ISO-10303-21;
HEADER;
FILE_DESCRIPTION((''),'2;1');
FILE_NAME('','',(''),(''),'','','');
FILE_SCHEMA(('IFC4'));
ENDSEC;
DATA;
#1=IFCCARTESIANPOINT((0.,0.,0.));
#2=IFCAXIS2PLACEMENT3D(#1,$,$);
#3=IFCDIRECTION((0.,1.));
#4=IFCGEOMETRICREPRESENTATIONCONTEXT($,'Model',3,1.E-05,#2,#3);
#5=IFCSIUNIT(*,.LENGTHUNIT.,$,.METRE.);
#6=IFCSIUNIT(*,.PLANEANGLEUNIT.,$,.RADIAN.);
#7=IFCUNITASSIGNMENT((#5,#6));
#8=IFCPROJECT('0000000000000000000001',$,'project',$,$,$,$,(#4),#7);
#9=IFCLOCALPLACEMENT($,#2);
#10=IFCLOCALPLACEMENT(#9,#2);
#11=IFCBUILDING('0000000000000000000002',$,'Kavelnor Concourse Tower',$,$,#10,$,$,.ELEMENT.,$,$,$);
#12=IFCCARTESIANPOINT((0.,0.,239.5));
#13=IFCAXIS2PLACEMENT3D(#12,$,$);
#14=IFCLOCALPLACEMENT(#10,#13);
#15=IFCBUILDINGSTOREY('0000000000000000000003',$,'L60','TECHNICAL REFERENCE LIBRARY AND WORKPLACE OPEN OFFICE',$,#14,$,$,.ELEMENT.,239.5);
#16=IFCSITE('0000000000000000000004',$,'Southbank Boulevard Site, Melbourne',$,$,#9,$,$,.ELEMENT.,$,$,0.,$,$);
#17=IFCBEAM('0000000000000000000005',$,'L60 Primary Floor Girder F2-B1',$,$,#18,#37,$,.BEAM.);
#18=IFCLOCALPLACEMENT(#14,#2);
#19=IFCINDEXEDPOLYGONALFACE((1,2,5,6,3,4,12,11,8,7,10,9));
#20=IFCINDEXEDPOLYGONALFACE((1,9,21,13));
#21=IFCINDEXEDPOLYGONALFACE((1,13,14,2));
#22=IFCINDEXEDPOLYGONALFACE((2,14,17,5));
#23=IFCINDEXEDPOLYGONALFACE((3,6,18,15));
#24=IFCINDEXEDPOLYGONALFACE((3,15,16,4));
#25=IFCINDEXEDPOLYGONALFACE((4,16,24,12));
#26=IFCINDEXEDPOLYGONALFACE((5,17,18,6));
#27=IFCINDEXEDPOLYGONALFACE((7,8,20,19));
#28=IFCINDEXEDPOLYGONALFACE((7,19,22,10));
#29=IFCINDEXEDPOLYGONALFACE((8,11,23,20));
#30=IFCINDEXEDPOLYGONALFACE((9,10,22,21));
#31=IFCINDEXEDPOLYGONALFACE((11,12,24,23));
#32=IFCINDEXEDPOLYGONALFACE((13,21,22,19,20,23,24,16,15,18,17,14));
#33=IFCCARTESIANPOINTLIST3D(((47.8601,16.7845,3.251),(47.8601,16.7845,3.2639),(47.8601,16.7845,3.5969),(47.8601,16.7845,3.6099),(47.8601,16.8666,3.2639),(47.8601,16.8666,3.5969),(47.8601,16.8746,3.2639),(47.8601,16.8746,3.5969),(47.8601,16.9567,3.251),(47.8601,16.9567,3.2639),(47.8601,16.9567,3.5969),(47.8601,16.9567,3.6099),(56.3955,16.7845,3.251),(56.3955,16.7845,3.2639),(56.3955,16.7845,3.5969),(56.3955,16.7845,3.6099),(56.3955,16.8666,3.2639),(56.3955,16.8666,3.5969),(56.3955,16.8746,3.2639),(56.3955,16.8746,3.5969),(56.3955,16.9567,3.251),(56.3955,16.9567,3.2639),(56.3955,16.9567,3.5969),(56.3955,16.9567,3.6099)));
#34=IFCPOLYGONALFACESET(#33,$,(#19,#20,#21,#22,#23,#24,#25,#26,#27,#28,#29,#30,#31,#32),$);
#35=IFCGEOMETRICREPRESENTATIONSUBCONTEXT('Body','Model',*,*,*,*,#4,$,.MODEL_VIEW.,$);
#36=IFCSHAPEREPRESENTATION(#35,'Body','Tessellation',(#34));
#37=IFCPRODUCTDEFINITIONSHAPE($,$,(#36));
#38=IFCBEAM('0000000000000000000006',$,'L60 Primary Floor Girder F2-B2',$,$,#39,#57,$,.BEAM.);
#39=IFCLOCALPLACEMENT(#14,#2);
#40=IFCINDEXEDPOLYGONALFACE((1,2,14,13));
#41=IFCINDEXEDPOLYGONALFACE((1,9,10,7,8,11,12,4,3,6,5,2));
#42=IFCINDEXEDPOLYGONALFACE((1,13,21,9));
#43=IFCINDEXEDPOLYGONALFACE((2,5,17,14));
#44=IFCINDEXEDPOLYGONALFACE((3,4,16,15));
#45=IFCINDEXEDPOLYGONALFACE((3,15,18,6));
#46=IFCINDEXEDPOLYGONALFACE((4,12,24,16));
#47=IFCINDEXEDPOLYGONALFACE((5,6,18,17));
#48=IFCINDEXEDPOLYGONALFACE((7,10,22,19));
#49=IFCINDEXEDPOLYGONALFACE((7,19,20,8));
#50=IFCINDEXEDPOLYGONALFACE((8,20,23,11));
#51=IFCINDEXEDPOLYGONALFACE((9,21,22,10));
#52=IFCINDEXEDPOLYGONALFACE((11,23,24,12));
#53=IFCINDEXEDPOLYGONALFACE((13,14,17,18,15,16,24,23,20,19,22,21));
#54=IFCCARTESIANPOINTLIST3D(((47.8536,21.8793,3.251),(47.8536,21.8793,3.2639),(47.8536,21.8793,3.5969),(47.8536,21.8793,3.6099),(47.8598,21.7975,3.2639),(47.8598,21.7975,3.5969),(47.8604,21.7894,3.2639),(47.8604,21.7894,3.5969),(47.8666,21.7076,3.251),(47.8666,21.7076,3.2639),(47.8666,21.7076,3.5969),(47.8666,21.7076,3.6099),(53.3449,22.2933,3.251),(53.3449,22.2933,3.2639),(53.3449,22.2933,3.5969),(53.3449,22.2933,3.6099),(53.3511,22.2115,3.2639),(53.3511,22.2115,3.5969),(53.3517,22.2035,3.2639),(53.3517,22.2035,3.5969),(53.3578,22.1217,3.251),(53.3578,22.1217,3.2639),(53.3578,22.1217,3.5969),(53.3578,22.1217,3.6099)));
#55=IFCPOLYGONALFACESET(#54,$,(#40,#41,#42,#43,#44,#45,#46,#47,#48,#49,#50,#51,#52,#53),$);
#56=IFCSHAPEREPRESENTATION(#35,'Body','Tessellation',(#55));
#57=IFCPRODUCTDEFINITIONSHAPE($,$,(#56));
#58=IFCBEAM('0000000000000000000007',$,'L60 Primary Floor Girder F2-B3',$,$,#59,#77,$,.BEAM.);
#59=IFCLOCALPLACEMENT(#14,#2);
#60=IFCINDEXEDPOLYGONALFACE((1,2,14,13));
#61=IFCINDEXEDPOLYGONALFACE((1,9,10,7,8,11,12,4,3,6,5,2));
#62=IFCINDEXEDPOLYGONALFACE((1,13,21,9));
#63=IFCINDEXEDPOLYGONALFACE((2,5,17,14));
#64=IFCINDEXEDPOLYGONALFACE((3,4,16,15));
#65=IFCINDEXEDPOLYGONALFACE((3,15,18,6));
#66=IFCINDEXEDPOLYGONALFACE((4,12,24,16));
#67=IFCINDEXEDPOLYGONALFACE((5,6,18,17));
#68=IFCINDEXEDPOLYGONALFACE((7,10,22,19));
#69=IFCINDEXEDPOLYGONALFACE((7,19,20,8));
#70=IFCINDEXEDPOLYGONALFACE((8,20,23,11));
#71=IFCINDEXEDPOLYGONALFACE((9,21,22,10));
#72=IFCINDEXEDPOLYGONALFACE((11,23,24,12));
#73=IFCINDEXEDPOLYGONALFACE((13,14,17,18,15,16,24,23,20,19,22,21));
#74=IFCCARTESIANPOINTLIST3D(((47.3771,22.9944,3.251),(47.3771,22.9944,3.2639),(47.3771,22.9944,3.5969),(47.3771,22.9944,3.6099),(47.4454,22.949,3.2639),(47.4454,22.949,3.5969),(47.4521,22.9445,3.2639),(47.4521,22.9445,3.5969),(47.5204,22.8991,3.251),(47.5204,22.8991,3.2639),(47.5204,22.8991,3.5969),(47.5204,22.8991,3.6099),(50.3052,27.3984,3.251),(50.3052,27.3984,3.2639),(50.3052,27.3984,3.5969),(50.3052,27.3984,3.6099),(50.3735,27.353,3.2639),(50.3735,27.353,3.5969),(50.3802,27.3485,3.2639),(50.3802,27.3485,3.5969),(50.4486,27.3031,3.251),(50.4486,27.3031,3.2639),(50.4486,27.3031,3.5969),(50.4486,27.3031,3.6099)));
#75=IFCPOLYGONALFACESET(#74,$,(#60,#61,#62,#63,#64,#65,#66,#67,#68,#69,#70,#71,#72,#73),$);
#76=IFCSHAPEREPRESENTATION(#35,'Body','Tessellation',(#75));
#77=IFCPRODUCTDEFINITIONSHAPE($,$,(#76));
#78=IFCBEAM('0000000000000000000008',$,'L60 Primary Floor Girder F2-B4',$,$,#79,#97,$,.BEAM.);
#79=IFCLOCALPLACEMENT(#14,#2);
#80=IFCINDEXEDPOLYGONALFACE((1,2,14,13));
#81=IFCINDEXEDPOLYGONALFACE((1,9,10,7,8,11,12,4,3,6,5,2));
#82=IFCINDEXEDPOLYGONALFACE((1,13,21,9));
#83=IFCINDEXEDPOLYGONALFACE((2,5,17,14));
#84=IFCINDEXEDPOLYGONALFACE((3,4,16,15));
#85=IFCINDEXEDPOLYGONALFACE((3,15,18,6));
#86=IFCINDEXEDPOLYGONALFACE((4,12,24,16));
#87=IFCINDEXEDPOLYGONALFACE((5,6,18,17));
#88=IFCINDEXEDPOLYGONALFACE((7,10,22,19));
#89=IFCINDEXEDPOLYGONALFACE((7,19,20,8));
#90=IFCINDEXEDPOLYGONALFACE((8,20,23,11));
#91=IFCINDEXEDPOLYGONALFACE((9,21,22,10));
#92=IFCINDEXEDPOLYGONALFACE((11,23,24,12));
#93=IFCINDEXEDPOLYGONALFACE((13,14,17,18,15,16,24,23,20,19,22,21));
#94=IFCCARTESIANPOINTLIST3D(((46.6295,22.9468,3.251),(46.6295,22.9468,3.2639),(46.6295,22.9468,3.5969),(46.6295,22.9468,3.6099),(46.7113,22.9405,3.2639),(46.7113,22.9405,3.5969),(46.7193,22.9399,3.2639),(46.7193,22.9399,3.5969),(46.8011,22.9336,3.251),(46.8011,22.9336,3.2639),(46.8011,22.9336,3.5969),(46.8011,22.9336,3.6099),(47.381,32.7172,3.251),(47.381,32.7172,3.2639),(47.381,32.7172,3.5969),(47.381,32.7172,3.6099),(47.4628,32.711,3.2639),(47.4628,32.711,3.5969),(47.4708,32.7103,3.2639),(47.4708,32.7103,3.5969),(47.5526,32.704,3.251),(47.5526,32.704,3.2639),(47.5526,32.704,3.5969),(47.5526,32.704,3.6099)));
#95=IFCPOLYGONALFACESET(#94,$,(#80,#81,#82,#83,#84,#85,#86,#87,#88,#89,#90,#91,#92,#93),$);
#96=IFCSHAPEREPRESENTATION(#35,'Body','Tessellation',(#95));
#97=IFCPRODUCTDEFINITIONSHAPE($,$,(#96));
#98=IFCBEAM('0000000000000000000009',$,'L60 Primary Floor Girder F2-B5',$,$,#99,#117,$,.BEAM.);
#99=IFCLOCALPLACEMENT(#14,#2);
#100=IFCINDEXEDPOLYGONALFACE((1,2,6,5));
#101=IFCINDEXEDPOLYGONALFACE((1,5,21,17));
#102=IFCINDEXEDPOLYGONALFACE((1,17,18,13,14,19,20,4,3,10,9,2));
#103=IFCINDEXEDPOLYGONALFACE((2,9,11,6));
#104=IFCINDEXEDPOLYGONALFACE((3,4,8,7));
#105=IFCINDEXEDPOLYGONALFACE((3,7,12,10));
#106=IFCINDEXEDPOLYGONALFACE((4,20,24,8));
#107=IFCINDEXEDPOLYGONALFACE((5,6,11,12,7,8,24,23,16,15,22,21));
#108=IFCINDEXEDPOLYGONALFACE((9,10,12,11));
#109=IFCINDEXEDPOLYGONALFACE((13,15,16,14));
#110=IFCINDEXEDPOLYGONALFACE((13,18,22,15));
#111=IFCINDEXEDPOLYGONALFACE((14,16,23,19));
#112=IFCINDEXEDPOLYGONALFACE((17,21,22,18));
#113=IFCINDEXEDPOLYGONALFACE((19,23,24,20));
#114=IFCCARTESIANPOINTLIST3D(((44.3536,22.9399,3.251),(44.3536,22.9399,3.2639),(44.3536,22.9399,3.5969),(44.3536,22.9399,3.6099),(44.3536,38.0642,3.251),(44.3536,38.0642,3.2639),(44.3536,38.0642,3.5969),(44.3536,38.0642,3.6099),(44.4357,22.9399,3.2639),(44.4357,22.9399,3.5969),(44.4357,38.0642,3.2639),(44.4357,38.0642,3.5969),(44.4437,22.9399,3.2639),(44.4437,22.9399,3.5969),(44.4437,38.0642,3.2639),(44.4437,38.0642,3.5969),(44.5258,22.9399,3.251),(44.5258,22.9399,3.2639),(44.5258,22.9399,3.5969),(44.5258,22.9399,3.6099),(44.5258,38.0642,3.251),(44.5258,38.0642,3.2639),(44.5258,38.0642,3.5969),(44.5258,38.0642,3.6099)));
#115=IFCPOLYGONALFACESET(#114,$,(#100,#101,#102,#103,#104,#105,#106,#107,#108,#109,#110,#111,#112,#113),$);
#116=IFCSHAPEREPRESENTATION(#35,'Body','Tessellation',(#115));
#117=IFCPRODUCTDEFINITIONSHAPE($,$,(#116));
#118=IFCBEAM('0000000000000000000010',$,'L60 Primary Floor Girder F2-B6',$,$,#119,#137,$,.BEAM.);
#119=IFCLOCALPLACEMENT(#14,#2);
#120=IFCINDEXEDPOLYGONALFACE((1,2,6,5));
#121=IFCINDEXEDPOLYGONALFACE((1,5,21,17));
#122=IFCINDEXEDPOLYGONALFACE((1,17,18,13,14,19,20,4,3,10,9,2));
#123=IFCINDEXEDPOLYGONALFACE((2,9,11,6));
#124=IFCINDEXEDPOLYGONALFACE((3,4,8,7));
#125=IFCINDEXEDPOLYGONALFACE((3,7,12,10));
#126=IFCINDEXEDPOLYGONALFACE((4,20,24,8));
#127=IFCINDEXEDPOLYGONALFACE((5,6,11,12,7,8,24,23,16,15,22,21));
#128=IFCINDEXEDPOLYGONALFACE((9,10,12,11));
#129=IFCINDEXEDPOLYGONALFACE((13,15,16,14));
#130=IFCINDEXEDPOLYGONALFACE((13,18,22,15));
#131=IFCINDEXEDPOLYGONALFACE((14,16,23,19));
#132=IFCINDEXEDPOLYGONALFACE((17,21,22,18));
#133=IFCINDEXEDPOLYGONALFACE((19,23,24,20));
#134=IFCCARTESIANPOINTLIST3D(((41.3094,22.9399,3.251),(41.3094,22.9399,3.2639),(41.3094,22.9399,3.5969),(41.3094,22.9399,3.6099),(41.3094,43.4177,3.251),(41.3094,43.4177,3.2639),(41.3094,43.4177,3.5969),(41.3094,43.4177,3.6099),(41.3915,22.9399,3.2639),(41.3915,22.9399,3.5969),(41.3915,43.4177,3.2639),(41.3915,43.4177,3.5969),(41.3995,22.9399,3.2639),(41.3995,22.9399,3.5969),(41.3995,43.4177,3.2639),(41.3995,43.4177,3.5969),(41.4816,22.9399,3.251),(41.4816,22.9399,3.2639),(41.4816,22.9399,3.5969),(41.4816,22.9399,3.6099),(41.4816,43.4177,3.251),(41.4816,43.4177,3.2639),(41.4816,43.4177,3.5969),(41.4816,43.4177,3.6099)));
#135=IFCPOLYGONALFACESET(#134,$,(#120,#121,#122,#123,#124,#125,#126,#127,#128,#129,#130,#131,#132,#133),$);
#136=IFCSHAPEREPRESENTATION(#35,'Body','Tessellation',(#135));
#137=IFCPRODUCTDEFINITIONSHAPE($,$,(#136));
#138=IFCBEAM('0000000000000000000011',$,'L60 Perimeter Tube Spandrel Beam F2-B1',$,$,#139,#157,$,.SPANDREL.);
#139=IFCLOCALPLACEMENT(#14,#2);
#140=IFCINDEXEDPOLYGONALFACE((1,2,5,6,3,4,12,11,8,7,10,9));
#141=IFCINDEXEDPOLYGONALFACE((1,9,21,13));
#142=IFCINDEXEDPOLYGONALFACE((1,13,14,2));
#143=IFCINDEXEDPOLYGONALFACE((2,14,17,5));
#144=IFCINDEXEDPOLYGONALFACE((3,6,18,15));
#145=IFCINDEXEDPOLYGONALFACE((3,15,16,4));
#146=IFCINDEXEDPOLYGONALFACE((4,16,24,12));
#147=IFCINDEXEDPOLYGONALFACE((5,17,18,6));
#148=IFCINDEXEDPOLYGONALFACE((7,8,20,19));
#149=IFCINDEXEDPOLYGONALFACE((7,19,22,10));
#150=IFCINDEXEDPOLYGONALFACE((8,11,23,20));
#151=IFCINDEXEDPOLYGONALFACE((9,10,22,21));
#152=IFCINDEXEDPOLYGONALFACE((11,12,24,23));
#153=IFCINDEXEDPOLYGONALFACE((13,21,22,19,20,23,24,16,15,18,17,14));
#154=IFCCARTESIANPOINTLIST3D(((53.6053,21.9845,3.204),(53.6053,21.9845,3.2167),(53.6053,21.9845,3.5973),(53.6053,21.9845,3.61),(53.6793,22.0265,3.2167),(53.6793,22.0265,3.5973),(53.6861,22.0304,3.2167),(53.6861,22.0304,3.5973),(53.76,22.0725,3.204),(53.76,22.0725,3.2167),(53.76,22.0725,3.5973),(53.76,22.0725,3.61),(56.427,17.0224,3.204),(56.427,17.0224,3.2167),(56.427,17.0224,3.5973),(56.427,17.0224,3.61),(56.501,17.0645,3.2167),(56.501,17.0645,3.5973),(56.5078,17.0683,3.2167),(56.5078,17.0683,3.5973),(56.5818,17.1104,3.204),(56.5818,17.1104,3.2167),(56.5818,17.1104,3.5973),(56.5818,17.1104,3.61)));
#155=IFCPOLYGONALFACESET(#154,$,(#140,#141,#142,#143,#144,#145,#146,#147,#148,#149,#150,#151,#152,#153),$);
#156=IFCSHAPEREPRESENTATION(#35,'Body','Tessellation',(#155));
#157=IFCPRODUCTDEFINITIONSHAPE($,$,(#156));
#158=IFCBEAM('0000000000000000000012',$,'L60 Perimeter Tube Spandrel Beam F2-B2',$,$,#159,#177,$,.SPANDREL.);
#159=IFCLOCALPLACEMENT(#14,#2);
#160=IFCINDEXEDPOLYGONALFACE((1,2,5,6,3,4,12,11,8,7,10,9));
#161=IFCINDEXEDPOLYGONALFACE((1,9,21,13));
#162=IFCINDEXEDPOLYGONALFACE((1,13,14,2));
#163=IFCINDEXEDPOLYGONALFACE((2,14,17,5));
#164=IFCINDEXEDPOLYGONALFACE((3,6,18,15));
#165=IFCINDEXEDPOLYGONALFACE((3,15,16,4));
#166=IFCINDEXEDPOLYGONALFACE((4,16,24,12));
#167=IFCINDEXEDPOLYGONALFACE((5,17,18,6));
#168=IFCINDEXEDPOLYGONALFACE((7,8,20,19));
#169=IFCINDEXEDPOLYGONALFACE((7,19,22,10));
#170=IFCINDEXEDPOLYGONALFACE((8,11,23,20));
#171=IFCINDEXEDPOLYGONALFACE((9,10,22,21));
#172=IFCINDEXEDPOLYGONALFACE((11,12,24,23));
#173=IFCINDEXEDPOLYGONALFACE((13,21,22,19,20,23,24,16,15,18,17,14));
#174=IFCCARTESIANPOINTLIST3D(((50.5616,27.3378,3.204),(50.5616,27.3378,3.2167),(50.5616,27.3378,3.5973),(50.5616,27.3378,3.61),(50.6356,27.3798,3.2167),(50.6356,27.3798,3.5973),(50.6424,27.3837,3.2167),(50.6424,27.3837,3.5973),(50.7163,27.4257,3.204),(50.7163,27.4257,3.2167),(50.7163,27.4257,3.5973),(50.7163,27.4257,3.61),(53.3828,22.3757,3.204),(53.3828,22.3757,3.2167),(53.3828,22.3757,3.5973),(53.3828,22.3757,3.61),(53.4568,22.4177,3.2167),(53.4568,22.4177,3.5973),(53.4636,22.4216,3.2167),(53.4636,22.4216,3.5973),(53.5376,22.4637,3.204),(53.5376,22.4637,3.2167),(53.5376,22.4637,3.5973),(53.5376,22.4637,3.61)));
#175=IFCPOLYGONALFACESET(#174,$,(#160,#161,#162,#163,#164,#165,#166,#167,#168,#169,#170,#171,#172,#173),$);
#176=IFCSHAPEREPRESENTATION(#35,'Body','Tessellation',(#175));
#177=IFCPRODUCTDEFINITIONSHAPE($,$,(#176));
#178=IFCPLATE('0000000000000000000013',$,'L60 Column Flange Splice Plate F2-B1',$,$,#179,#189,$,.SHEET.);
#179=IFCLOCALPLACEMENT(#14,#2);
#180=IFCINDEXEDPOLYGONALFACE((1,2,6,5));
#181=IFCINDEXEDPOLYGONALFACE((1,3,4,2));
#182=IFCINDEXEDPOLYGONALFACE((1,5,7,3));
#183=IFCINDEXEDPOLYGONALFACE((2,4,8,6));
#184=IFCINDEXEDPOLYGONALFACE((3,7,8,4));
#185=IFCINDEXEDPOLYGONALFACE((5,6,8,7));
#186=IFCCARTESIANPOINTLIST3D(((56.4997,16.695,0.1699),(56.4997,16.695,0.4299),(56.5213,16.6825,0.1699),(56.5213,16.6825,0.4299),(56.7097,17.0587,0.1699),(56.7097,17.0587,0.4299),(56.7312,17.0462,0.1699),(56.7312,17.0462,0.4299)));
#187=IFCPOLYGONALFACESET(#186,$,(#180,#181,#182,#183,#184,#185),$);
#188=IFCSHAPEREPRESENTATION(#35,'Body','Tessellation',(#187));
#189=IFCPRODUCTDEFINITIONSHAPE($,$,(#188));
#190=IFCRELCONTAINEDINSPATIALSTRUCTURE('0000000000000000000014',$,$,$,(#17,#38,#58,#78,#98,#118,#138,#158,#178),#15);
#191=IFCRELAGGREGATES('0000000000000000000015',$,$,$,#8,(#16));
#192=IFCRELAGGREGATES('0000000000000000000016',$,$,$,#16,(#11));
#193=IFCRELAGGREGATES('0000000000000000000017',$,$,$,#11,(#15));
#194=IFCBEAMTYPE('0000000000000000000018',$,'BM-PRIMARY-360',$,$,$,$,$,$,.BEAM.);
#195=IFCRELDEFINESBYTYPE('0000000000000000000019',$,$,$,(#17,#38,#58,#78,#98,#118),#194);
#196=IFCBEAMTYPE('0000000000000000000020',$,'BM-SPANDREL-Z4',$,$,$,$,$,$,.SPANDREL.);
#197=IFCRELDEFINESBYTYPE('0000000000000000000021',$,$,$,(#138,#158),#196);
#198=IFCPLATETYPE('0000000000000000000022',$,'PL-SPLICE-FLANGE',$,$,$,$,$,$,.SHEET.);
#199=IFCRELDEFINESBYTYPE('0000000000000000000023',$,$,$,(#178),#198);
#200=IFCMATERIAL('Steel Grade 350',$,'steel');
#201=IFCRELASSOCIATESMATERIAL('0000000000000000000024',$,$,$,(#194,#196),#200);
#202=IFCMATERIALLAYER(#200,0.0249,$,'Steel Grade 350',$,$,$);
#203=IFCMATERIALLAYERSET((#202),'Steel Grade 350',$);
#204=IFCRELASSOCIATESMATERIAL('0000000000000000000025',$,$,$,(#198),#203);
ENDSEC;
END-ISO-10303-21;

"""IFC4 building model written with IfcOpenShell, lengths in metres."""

from ifc_helpers import new_model, si_unit, direction, frame, origin, origin_2d, place, context, subcontext, project, spatial, rectangle, i_section, extrude, material, layer, layer_set, material_profile, profile_set, type_object, element, save


model = new_model("IFC4")

# Units and contexts
model_context = context("Model", 3, precision=1e-05, world=origin(), true_north=direction((0.0, 1.0)))
body_context = subcontext(model_context, "Body", "Model", "MODEL_VIEW")
ifc_project = project(units=[si_unit("LENGTHUNIT", "METRE"), si_unit("PLANEANGLEUNIT", "RADIAN")], contexts=[model_context])

# Site, building, storey
site_placement = place(None, origin())
site = spatial("IfcSite", under=ifc_project, at=site_placement, Name="Southbank Boulevard Site, Melbourne", CompositionType="ELEMENT", RefElevation=0.0)
building_placement = place(site_placement, origin())
building = spatial("IfcBuilding", under=site, at=building_placement, Name="Kavelnor Concourse Tower", CompositionType="ELEMENT")
storey_placement = place(building_placement, frame((0.0, 0.0, 239.5)))
storey = spatial("IfcBuildingStorey", under=building, at=storey_placement, Name="L60", Description="TECHNICAL REFERENCE LIBRARY AND WORKPLACE OPEN OFFICE", CompositionType="ELEMENT", Elevation=239.5)

# Shared definitions
ifc_material_1 = material(Name="Steel Grade 350", Category="steel")

# Beams
ifc_material_profile_1 = material_profile(ifc_material_1, i_section(OverallWidth=0.1721, OverallDepth=0.3589, WebThickness=0.0081, FlangeThickness=0.0129, at=origin_2d()), Name="360UB56")
ifc_profile_set_1 = profile_set([ifc_material_profile_1], Name="Steel Grade 350")
beam_type_1 = type_object("IfcBeamType", Name="BM-PRIMARY-360", PredefinedType="BEAM", material=ifc_profile_set_1)
beam_1_placement = place(storey_placement, frame((47.8601, 16.8706, 3.4304), z_axis=(1.0, 0.0, 0.0), x_axis=(0.0, 1.0, 0.0)))
element("IfcBeam", 1, at=beam_1_placement, inside=storey, type_object=beam_type_1, Name="L60 Primary Floor Girder F2-B1", PredefinedType="BEAM", context=body_context, shape_type="SweptSolid", body=[
    extrude(i_section(OverallWidth=0.1721, OverallDepth=0.3589, WebThickness=0.0081, FlangeThickness=0.0129, at=origin_2d()), origin(), (0.0, 0.0, 1.0), 8.5354),
])
beam_2_placement = place(storey_placement, frame((47.8601, 21.7935, 3.4304), z_axis=(0.997169, 0.075191, 0.0), x_axis=(-0.075191, 0.997169, 0.0)))
element("IfcBeam", 2, at=beam_2_placement, inside=storey, type_object=beam_type_1, Name="L60 Primary Floor Girder F2-B2", PredefinedType="BEAM", context=body_context, shape_type="SweptSolid", body=[
    extrude(i_section(OverallWidth=0.1721, OverallDepth=0.3589, WebThickness=0.0081, FlangeThickness=0.0129, at=origin_2d()), origin(), (0.0, 0.0, 1.0), 5.5068),
])
beam_3_placement = place(storey_placement, frame((47.4487, 22.9468, 3.4304), z_axis=(0.553677, 0.832731, 0.0), x_axis=(-0.832731, 0.553677, 0.0)))
element("IfcBeam", 3, at=beam_3_placement, inside=storey, type_object=beam_type_1, Name="L60 Primary Floor Girder F2-B3", PredefinedType="BEAM", context=body_context, shape_type="SweptSolid", body=[
    extrude(i_section(OverallWidth=0.1721, OverallDepth=0.3589, WebThickness=0.0081, FlangeThickness=0.0129, at=origin_2d()), origin(), (0.0, 0.0, 1.0), 5.2886),
])
beam_4_placement = place(storey_placement, frame((46.7153, 22.9402, 3.4304), z_axis=(0.076685, 0.997055, 0.0), x_axis=(-0.997055, 0.076685, 0.0)))
element("IfcBeam", 4, at=beam_4_placement, inside=storey, type_object=beam_type_1, Name="L60 Primary Floor Girder F2-B4", PredefinedType="BEAM", context=body_context, shape_type="SweptSolid", body=[
    extrude(i_section(OverallWidth=0.1721, OverallDepth=0.3589, WebThickness=0.0081, FlangeThickness=0.0129, at=origin_2d()), origin(), (0.0, 0.0, 1.0), 9.7993),
])
beam_5_placement = place(storey_placement, frame((44.4397, 22.9399, 3.4304), z_axis=(0.0, 1.0, 0.0), x_axis=(-1.0, 0.0, 0.0)))
element("IfcBeam", 5, at=beam_5_placement, inside=storey, type_object=beam_type_1, Name="L60 Primary Floor Girder F2-B5", PredefinedType="BEAM", context=body_context, shape_type="SweptSolid", body=[
    extrude(i_section(OverallWidth=0.1721, OverallDepth=0.3589, WebThickness=0.0081, FlangeThickness=0.0129, at=origin_2d()), origin(), (0.0, 0.0, 1.0), 15.1243),
])
beam_6_placement = place(storey_placement, frame((41.3955, 22.9399, 3.4304), z_axis=(0.0, 1.0, 0.0), x_axis=(-1.0, 0.0, 0.0)))
element("IfcBeam", 6, at=beam_6_placement, inside=storey, type_object=beam_type_1, Name="L60 Primary Floor Girder F2-B6", PredefinedType="BEAM", context=body_context, shape_type="SweptSolid", body=[
    extrude(i_section(OverallWidth=0.1721, OverallDepth=0.3589, WebThickness=0.0081, FlangeThickness=0.0129, at=origin_2d()), origin(), (0.0, 0.0, 1.0), 20.4778),
])
ifc_material_profile_2 = material_profile(ifc_material_1, i_section(OverallWidth=0.178, OverallDepth=0.406, WebThickness=0.0078, FlangeThickness=0.0127, at=origin_2d()), Name="410UB59")
ifc_profile_set_2 = profile_set([ifc_material_profile_2], Name="Steel Grade 350")
beam_type_2 = type_object("IfcBeamType", Name="BM-SPANDREL-Z4", PredefinedType="SPANDREL", material=ifc_profile_set_2)
beam_7_placement = place(storey_placement, frame((56.5044, 17.0664, 3.407), z_axis=(-0.494323, 0.869278, 0.0), x_axis=(-0.869278, -0.494323, 0.0)))
element("IfcBeam", 7, at=beam_7_placement, inside=storey, type_object=beam_type_2, Name="L60 Perimeter Tube Spandrel Beam F2-B1", PredefinedType="SPANDREL", context=body_context, shape_type="SweptSolid", body=[
    extrude(i_section(OverallWidth=0.178, OverallDepth=0.406, WebThickness=0.0078, FlangeThickness=0.0127, at=origin_2d()), origin(), (0.0, 0.0, 1.0), 5.7083),
])
beam_8_placement = place(storey_placement, frame((53.4602, 22.4197, 3.407), z_axis=(-0.494258, 0.869315, 0.0), x_axis=(-0.869315, -0.494258, 0.0)))
element("IfcBeam", 8, at=beam_8_placement, inside=storey, type_object=beam_type_2, Name="L60 Perimeter Tube Spandrel Beam F2-B2", PredefinedType="SPANDREL", context=body_context, shape_type="SweptSolid", body=[
    extrude(i_section(OverallWidth=0.178, OverallDepth=0.406, WebThickness=0.0078, FlangeThickness=0.0127, at=origin_2d()), origin(), (0.0, 0.0, 1.0), 5.708),
])

# Plate
ifc_layer_1 = layer(ifc_material_1, 0.0249, Name="Steel Grade 350")
ifc_layer_set_1 = layer_set([ifc_layer_1], Name="Steel Grade 350")
plate_type = type_object("IfcPlateType", Name="PL-SPLICE-FLANGE", PredefinedType="SHEET", material=ifc_layer_set_1)
plate_placement = place(storey_placement, frame((56.6155, 16.8706, 0.1699), z_axis=(0.0, 0.0, 1.0), x_axis=(-0.5, -0.866025, 0.0)))
element("IfcPlate", 9, at=plate_placement, inside=storey, type_object=plate_type, Name="L60 Column Flange Splice Plate F2-B1", PredefinedType="SHEET", context=body_context, shape_type="SweptSolid", body=[
    extrude(rectangle(XDim=0.4199, YDim=0.0249, at=origin_2d()), origin(), (0.0, 0.0, 1.0), 0.26),
])

save(model, "model.ifc")
